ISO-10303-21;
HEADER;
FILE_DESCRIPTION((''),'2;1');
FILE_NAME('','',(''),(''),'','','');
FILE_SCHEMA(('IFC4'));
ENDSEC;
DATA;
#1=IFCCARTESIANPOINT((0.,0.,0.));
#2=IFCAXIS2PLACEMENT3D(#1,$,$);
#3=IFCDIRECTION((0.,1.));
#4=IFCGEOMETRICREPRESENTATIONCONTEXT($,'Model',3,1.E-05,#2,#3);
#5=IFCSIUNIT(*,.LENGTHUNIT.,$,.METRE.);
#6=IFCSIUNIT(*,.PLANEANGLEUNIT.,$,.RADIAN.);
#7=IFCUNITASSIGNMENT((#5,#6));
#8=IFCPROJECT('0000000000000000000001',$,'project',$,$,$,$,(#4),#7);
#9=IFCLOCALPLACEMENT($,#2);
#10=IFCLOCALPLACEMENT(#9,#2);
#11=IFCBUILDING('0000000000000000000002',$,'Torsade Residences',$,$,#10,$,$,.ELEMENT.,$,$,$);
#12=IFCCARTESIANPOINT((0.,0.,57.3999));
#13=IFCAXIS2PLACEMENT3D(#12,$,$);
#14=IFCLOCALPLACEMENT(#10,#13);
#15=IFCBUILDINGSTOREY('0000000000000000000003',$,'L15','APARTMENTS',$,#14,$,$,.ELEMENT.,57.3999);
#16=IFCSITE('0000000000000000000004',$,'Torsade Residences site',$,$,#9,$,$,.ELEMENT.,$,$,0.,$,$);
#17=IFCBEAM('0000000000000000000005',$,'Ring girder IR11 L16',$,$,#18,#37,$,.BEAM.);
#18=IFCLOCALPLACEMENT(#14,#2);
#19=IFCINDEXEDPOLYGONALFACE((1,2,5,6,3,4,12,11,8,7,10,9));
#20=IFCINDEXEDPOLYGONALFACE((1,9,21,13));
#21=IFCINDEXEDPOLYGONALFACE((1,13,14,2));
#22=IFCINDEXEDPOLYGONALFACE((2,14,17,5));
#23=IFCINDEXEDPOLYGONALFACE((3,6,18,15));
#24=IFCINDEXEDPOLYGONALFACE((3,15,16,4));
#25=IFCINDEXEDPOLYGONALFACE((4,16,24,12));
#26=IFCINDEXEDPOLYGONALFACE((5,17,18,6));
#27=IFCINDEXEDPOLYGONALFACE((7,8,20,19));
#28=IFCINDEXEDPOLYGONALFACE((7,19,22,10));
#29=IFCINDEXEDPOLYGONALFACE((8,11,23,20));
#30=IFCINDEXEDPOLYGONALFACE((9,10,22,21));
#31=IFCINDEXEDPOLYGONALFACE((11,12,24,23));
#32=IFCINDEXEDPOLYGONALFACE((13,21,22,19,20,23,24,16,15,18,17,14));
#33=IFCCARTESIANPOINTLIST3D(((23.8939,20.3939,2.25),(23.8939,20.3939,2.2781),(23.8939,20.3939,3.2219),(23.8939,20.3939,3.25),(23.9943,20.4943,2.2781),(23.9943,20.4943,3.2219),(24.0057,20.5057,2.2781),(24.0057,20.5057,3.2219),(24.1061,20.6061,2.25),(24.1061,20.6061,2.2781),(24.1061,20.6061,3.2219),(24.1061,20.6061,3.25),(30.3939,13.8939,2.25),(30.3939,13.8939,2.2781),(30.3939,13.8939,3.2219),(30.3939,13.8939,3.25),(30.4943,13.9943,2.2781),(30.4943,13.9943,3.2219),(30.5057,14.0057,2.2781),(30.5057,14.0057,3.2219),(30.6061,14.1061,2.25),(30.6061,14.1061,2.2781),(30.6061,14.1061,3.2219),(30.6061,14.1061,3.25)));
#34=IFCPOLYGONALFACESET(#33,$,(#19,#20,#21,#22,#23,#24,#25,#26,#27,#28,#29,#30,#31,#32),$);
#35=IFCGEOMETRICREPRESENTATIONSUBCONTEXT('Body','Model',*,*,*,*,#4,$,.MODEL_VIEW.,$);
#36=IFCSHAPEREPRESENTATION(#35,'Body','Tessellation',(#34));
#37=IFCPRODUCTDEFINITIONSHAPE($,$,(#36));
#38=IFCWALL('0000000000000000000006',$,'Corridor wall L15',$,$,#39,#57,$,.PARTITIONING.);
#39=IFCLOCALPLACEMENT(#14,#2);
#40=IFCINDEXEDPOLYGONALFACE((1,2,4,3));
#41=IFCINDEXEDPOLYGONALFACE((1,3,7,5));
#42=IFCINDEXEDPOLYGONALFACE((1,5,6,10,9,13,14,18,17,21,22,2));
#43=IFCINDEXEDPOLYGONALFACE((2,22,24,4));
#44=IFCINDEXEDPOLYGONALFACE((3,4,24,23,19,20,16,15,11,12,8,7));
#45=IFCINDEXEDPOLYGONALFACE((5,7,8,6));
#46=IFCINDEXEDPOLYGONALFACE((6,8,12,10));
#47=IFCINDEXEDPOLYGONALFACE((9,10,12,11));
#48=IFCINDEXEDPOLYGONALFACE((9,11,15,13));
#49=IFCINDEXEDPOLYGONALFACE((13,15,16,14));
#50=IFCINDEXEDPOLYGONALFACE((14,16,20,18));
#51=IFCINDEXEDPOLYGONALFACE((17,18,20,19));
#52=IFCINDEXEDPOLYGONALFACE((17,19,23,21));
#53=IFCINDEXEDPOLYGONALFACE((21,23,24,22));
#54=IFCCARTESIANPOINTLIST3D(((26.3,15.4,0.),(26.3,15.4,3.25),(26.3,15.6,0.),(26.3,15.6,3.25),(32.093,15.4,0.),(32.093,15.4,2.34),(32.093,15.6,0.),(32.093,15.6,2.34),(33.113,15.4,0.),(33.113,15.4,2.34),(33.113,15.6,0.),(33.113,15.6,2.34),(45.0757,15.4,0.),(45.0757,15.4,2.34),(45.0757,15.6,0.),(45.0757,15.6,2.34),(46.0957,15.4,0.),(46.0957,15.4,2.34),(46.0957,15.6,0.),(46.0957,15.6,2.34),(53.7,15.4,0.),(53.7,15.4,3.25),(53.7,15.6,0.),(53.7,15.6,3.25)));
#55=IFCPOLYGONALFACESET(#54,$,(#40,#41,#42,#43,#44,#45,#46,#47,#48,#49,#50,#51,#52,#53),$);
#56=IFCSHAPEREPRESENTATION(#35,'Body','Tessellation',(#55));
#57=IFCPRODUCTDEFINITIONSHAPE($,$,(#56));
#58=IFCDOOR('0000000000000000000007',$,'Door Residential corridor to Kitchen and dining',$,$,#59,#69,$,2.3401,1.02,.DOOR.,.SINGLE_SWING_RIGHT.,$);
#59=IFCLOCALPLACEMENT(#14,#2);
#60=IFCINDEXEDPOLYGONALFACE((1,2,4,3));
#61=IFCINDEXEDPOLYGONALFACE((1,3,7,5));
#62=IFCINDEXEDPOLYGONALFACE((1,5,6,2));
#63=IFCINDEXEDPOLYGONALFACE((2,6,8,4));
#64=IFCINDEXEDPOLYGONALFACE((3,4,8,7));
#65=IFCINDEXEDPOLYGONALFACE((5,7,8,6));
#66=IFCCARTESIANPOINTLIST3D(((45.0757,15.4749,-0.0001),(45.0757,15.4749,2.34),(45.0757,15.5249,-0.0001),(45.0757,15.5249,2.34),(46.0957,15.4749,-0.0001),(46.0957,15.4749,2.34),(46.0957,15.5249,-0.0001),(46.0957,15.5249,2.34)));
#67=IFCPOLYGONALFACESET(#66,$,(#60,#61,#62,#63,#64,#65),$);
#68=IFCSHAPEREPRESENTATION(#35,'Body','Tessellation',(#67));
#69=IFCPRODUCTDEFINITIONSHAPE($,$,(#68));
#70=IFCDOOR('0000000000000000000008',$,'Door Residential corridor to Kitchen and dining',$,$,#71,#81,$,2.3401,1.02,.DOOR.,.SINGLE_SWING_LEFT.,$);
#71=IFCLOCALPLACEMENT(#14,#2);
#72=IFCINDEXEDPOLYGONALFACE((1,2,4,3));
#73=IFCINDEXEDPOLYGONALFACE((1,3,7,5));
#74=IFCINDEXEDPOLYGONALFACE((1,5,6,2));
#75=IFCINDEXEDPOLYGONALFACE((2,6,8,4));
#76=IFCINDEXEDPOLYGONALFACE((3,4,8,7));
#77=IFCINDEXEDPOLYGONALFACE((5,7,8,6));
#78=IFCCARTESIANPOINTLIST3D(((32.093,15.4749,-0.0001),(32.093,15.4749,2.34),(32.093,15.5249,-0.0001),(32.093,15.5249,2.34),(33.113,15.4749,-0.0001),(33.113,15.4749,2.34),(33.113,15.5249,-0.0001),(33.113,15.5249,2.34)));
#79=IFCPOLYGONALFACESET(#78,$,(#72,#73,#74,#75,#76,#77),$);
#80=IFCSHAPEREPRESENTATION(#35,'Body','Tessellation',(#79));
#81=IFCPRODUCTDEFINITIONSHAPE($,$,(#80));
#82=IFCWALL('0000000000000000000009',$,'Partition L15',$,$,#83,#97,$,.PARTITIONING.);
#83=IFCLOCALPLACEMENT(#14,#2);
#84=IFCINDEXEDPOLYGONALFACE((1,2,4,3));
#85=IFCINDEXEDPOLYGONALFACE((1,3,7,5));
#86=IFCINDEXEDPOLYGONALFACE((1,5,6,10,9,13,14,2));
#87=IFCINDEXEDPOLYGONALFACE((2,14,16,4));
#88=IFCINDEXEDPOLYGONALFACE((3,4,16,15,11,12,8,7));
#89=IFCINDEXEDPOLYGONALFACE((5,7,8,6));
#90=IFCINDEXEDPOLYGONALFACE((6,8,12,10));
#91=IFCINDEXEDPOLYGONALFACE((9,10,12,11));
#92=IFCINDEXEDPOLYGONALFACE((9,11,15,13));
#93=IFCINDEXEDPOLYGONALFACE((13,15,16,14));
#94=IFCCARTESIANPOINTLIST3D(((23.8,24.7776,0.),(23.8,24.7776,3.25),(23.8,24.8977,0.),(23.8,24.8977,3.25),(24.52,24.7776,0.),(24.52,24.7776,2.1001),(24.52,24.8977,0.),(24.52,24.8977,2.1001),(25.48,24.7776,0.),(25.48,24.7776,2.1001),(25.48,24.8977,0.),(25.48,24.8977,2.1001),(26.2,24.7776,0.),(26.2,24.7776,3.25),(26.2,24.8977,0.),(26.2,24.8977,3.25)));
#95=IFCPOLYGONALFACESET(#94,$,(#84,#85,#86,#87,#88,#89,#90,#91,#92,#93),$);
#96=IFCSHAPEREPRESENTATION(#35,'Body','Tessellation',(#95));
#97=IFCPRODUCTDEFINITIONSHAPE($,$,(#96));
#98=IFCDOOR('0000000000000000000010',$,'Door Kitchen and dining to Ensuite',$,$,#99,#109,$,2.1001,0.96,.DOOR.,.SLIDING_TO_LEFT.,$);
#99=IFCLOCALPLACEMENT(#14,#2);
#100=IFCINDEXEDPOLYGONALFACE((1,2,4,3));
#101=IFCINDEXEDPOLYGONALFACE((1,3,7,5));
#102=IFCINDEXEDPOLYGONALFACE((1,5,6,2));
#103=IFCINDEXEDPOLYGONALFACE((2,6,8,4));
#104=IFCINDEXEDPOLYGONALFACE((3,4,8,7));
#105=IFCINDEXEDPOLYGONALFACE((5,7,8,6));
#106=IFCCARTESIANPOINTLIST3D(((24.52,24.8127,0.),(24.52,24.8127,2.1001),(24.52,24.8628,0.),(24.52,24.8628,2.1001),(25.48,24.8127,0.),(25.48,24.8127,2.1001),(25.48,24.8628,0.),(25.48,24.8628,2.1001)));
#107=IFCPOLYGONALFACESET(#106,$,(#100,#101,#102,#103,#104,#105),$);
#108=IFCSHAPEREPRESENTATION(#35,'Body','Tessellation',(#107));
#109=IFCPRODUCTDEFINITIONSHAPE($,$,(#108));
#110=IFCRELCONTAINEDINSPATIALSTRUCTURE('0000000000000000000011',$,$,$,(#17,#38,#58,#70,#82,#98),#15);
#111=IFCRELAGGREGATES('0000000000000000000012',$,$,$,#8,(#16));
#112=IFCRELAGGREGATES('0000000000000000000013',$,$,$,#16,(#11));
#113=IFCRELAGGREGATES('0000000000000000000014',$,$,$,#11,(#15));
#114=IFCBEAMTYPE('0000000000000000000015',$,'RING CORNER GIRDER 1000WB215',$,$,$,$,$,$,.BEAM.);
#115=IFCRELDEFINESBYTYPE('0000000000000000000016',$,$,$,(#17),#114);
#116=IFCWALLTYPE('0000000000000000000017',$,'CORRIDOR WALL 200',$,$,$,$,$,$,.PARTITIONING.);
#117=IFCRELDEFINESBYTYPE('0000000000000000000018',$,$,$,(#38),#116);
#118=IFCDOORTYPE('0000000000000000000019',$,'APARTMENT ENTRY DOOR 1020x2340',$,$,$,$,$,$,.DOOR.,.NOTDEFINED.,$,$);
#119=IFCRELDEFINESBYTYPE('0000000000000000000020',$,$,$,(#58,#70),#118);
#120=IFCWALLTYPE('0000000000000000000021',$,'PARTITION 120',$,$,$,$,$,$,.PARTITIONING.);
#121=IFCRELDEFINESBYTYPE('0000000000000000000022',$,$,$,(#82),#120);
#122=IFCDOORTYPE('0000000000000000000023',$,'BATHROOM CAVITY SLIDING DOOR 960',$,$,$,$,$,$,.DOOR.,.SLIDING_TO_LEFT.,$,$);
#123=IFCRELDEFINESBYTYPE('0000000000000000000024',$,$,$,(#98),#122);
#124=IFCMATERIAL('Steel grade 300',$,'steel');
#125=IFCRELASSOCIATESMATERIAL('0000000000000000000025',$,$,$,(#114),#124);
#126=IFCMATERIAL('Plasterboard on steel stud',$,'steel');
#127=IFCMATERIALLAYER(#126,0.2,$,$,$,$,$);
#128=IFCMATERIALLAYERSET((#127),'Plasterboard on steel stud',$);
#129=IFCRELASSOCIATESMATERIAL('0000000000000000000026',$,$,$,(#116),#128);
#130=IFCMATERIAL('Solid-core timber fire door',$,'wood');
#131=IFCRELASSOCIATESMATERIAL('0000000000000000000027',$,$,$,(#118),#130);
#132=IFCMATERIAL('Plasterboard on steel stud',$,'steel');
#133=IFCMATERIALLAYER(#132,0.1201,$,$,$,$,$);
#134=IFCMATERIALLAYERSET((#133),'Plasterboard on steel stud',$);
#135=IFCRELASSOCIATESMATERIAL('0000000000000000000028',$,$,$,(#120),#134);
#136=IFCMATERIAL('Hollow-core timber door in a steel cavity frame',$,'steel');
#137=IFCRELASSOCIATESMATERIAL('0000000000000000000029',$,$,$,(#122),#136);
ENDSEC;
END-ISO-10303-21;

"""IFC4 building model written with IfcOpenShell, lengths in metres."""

from ifc_helpers import new_model, si_unit, direction, frame, frame_2d, origin, origin_2d, place, context, subcontext, project, spatial, rectangle, i_section, extrude, material, layer, layer_set, material_profile, profile_set, type_object, element, fill, save


model = new_model("IFC4")

# Units and contexts
model_context = context("Model", 3, precision=1e-05, world=origin(), true_north=direction((0.0, 1.0)))
body_context = subcontext(model_context, "Body", "Model", "MODEL_VIEW")
ifc_project = project(units=[si_unit("LENGTHUNIT", "METRE"), si_unit("PLANEANGLEUNIT", "RADIAN")], contexts=[model_context])

# Site, building, storey
site_placement = place(None, origin())
site = spatial("IfcSite", under=ifc_project, at=site_placement, Name="Torsade Residences site", CompositionType="ELEMENT", RefElevation=0.0)
building_placement = place(site_placement, origin())
building = spatial("IfcBuilding", under=site, at=building_placement, Name="Torsade Residences", CompositionType="ELEMENT")
storey_placement = place(building_placement, frame((0.0, 0.0, 57.3999)))
storey = spatial("IfcBuildingStorey", under=building, at=storey_placement, Name="L15", Description="APARTMENTS", CompositionType="ELEMENT", Elevation=57.3999)

# Beam
ifc_material_1 = material(Name="Steel grade 300", Category="steel")
ifc_material_profile_1 = material_profile(ifc_material_1, i_section(OverallWidth=0.3, OverallDepth=1.0, WebThickness=0.0161, FlangeThickness=0.0281, at=origin_2d()), Name="1000WB215")
ifc_profile_set_1 = profile_set([ifc_material_profile_1], Name="Steel grade 300")
beam_type_1 = type_object("IfcBeamType", Name="RING CORNER GIRDER 1000WB215", PredefinedType="BEAM", material=ifc_profile_set_1)
beam_1_placement = place(storey_placement, frame((24.0, 20.5, 2.75), z_axis=(0.707107, -0.707107, 0.0), x_axis=(0.707107, 0.707107, 0.0)))
element("IfcBeam", 1, at=beam_1_placement, inside=storey, type_object=beam_type_1, Name="Ring girder IR11 L16", PredefinedType="BEAM", context=body_context, shape_type="SweptSolid", body=[
    extrude(i_section(OverallWidth=0.3, OverallDepth=1.0, WebThickness=0.0161, FlangeThickness=0.0281, at=origin_2d()), origin(), (0.0, 0.0, 1.0), 9.1924),
])

# Wall, openings, doors
ifc_material_2 = material(Name="Plasterboard on steel stud", Category="steel")
ifc_layer_1 = layer(ifc_material_2, 0.2)
ifc_layer_set_1 = layer_set([ifc_layer_1], Name="Plasterboard on steel stud")
wall_type_1 = type_object("IfcWallType", Name="CORRIDOR WALL 200", PredefinedType="PARTITIONING", material=ifc_layer_set_1)
wall_1_placement = place(storey_placement, frame((26.3, 15.5, 0.0), z_axis=(0.0, 0.0, 1.0), x_axis=(1.0, 0.0, 0.0)))
wall_1 = element("IfcWall", 2, at=wall_1_placement, inside=storey, type_object=wall_type_1, Name="Corridor wall L15", PredefinedType="PARTITIONING", context=body_context, shape_type="SweptSolid", body=[
    extrude(rectangle(XDim=27.3999, YDim=0.2, at=frame_2d((13.7, 0.0))), origin(), (0.0, 0.0, 1.0), 3.25),
])
opening_1_placement = place(wall_1_placement, frame((18.7756, 0.0, 0.0)))
opening_1 = element("IfcOpeningElement", 3, at=opening_1_placement, cuts=wall_1, PredefinedType="OPENING", context=body_context, shape_type="SweptSolid", body=[
    extrude(rectangle(XDim=1.02, YDim=2.3401, at=frame_2d((0.51, 1.1699))), frame((0.0, 0.1099, 0.0), z_axis=(0.0, -1.0, 0.0), x_axis=(1.0, 0.0, 0.0)), (0.0, 0.0, 1.0), 0.22),
])
opening_2_placement = place(wall_1_placement, frame((5.793, 0.0, 0.0)))
opening_2 = element("IfcOpeningElement", 4, at=opening_2_placement, cuts=wall_1, PredefinedType="OPENING", context=body_context, shape_type="SweptSolid", body=[
    extrude(rectangle(XDim=1.02, YDim=2.3401, at=frame_2d((0.51, 1.1699))), frame((0.0, 0.1099, 0.0), z_axis=(0.0, -1.0, 0.0), x_axis=(1.0, 0.0, 0.0)), (0.0, 0.0, 1.0), 0.22),
])
ifc_material_3 = material(Name="Solid-core timber fire door", Category="wood")
door_type_1 = type_object("IfcDoorType", Name="APARTMENT ENTRY DOOR 1020x2340", OperationType="NOTDEFINED", PredefinedType="DOOR", material=ifc_material_3)
door_1_placement = place(opening_1_placement, origin())
door_1 = element("IfcDoor", 5, at=door_1_placement, inside=storey, type_object=door_type_1, Name="Door Residential corridor to Kitchen and dining", OperationType="SINGLE_SWING_RIGHT", OverallHeight=2.3401, OverallWidth=1.02, PredefinedType="DOOR", context=body_context, shape_type="SweptSolid", body=[
    extrude(rectangle(XDim=1.02, YDim=2.3401, at=frame_2d((0.51, 1.1699))), frame((0.0, 0.0249, 0.0), z_axis=(0.0, -1.0, 0.0), x_axis=(1.0, 0.0, 0.0)), (0.0, 0.0, 1.0), 0.05),
])
fill(opening_1, door_1)
door_2_placement = place(opening_2_placement, origin())
door_2 = element("IfcDoor", 6, at=door_2_placement, inside=storey, type_object=door_type_1, Name="Door Residential corridor to Kitchen and dining", OperationType="SINGLE_SWING_LEFT", OverallHeight=2.3401, OverallWidth=1.02, PredefinedType="DOOR", context=body_context, shape_type="SweptSolid", body=[
    extrude(rectangle(XDim=1.02, YDim=2.3401, at=frame_2d((0.51, 1.1699))), frame((0.0, 0.0249, 0.0), z_axis=(0.0, -1.0, 0.0), x_axis=(1.0, 0.0, 0.0)), (0.0, 0.0, 1.0), 0.05),
])
fill(opening_2, door_2)

# Wall, opening, door
ifc_material_4 = material(Name="Plasterboard on steel stud", Category="steel")
ifc_layer_2 = layer(ifc_material_4, 0.1201)
ifc_layer_set_2 = layer_set([ifc_layer_2], Name="Plasterboard on steel stud")
wall_type_2 = type_object("IfcWallType", Name="PARTITION 120", PredefinedType="PARTITIONING", material=ifc_layer_set_2)
wall_2_placement = place(storey_placement, frame((26.2, 24.8376, 0.0), z_axis=(0.0, 0.0, 1.0), x_axis=(-1.0, 0.0, 0.0)))
wall_2 = element("IfcWall", 7, at=wall_2_placement, inside=storey, type_object=wall_type_2, Name="Partition L15", PredefinedType="PARTITIONING", context=body_context, shape_type="SweptSolid", body=[
    extrude(rectangle(XDim=2.3999, YDim=0.1201, at=frame_2d((1.2, 0.0))), origin(), (0.0, 0.0, 1.0), 3.25),
])
opening_3_placement = place(wall_2_placement, frame((0.72, 0.0, 0.0)))
opening_3 = element("IfcOpeningElement", 8, at=opening_3_placement, cuts=wall_2, PredefinedType="OPENING", context=body_context, shape_type="SweptSolid", body=[
    extrude(rectangle(XDim=0.96, YDim=2.1001, at=frame_2d((0.48, 1.05))), frame((0.0, 0.0701, 0.0), z_axis=(0.0, -1.0, 0.0), x_axis=(1.0, 0.0, 0.0)), (0.0, 0.0, 1.0), 0.1401),
])
ifc_material_5 = material(Name="Hollow-core timber door in a steel cavity frame", Category="steel")
door_type_2 = type_object("IfcDoorType", Name="BATHROOM CAVITY SLIDING DOOR 960", OperationType="SLIDING_TO_LEFT", PredefinedType="DOOR", material=ifc_material_5)
door_3_placement = place(opening_3_placement, origin())
door_3 = element("IfcDoor", 9, at=door_3_placement, inside=storey, type_object=door_type_2, Name="Door Kitchen and dining to Ensuite", OperationType="SLIDING_TO_LEFT", OverallHeight=2.1001, OverallWidth=0.96, PredefinedType="DOOR", context=body_context, shape_type="SweptSolid", body=[
    extrude(rectangle(XDim=0.96, YDim=2.1001, at=frame_2d((0.48, 1.05))), frame((0.0, 0.0249, 0.0), z_axis=(0.0, -1.0, 0.0), x_axis=(1.0, 0.0, 0.0)), (0.0, 0.0, 1.0), 0.05),
])
fill(opening_3, door_3)

save(model, "model.ifc")
